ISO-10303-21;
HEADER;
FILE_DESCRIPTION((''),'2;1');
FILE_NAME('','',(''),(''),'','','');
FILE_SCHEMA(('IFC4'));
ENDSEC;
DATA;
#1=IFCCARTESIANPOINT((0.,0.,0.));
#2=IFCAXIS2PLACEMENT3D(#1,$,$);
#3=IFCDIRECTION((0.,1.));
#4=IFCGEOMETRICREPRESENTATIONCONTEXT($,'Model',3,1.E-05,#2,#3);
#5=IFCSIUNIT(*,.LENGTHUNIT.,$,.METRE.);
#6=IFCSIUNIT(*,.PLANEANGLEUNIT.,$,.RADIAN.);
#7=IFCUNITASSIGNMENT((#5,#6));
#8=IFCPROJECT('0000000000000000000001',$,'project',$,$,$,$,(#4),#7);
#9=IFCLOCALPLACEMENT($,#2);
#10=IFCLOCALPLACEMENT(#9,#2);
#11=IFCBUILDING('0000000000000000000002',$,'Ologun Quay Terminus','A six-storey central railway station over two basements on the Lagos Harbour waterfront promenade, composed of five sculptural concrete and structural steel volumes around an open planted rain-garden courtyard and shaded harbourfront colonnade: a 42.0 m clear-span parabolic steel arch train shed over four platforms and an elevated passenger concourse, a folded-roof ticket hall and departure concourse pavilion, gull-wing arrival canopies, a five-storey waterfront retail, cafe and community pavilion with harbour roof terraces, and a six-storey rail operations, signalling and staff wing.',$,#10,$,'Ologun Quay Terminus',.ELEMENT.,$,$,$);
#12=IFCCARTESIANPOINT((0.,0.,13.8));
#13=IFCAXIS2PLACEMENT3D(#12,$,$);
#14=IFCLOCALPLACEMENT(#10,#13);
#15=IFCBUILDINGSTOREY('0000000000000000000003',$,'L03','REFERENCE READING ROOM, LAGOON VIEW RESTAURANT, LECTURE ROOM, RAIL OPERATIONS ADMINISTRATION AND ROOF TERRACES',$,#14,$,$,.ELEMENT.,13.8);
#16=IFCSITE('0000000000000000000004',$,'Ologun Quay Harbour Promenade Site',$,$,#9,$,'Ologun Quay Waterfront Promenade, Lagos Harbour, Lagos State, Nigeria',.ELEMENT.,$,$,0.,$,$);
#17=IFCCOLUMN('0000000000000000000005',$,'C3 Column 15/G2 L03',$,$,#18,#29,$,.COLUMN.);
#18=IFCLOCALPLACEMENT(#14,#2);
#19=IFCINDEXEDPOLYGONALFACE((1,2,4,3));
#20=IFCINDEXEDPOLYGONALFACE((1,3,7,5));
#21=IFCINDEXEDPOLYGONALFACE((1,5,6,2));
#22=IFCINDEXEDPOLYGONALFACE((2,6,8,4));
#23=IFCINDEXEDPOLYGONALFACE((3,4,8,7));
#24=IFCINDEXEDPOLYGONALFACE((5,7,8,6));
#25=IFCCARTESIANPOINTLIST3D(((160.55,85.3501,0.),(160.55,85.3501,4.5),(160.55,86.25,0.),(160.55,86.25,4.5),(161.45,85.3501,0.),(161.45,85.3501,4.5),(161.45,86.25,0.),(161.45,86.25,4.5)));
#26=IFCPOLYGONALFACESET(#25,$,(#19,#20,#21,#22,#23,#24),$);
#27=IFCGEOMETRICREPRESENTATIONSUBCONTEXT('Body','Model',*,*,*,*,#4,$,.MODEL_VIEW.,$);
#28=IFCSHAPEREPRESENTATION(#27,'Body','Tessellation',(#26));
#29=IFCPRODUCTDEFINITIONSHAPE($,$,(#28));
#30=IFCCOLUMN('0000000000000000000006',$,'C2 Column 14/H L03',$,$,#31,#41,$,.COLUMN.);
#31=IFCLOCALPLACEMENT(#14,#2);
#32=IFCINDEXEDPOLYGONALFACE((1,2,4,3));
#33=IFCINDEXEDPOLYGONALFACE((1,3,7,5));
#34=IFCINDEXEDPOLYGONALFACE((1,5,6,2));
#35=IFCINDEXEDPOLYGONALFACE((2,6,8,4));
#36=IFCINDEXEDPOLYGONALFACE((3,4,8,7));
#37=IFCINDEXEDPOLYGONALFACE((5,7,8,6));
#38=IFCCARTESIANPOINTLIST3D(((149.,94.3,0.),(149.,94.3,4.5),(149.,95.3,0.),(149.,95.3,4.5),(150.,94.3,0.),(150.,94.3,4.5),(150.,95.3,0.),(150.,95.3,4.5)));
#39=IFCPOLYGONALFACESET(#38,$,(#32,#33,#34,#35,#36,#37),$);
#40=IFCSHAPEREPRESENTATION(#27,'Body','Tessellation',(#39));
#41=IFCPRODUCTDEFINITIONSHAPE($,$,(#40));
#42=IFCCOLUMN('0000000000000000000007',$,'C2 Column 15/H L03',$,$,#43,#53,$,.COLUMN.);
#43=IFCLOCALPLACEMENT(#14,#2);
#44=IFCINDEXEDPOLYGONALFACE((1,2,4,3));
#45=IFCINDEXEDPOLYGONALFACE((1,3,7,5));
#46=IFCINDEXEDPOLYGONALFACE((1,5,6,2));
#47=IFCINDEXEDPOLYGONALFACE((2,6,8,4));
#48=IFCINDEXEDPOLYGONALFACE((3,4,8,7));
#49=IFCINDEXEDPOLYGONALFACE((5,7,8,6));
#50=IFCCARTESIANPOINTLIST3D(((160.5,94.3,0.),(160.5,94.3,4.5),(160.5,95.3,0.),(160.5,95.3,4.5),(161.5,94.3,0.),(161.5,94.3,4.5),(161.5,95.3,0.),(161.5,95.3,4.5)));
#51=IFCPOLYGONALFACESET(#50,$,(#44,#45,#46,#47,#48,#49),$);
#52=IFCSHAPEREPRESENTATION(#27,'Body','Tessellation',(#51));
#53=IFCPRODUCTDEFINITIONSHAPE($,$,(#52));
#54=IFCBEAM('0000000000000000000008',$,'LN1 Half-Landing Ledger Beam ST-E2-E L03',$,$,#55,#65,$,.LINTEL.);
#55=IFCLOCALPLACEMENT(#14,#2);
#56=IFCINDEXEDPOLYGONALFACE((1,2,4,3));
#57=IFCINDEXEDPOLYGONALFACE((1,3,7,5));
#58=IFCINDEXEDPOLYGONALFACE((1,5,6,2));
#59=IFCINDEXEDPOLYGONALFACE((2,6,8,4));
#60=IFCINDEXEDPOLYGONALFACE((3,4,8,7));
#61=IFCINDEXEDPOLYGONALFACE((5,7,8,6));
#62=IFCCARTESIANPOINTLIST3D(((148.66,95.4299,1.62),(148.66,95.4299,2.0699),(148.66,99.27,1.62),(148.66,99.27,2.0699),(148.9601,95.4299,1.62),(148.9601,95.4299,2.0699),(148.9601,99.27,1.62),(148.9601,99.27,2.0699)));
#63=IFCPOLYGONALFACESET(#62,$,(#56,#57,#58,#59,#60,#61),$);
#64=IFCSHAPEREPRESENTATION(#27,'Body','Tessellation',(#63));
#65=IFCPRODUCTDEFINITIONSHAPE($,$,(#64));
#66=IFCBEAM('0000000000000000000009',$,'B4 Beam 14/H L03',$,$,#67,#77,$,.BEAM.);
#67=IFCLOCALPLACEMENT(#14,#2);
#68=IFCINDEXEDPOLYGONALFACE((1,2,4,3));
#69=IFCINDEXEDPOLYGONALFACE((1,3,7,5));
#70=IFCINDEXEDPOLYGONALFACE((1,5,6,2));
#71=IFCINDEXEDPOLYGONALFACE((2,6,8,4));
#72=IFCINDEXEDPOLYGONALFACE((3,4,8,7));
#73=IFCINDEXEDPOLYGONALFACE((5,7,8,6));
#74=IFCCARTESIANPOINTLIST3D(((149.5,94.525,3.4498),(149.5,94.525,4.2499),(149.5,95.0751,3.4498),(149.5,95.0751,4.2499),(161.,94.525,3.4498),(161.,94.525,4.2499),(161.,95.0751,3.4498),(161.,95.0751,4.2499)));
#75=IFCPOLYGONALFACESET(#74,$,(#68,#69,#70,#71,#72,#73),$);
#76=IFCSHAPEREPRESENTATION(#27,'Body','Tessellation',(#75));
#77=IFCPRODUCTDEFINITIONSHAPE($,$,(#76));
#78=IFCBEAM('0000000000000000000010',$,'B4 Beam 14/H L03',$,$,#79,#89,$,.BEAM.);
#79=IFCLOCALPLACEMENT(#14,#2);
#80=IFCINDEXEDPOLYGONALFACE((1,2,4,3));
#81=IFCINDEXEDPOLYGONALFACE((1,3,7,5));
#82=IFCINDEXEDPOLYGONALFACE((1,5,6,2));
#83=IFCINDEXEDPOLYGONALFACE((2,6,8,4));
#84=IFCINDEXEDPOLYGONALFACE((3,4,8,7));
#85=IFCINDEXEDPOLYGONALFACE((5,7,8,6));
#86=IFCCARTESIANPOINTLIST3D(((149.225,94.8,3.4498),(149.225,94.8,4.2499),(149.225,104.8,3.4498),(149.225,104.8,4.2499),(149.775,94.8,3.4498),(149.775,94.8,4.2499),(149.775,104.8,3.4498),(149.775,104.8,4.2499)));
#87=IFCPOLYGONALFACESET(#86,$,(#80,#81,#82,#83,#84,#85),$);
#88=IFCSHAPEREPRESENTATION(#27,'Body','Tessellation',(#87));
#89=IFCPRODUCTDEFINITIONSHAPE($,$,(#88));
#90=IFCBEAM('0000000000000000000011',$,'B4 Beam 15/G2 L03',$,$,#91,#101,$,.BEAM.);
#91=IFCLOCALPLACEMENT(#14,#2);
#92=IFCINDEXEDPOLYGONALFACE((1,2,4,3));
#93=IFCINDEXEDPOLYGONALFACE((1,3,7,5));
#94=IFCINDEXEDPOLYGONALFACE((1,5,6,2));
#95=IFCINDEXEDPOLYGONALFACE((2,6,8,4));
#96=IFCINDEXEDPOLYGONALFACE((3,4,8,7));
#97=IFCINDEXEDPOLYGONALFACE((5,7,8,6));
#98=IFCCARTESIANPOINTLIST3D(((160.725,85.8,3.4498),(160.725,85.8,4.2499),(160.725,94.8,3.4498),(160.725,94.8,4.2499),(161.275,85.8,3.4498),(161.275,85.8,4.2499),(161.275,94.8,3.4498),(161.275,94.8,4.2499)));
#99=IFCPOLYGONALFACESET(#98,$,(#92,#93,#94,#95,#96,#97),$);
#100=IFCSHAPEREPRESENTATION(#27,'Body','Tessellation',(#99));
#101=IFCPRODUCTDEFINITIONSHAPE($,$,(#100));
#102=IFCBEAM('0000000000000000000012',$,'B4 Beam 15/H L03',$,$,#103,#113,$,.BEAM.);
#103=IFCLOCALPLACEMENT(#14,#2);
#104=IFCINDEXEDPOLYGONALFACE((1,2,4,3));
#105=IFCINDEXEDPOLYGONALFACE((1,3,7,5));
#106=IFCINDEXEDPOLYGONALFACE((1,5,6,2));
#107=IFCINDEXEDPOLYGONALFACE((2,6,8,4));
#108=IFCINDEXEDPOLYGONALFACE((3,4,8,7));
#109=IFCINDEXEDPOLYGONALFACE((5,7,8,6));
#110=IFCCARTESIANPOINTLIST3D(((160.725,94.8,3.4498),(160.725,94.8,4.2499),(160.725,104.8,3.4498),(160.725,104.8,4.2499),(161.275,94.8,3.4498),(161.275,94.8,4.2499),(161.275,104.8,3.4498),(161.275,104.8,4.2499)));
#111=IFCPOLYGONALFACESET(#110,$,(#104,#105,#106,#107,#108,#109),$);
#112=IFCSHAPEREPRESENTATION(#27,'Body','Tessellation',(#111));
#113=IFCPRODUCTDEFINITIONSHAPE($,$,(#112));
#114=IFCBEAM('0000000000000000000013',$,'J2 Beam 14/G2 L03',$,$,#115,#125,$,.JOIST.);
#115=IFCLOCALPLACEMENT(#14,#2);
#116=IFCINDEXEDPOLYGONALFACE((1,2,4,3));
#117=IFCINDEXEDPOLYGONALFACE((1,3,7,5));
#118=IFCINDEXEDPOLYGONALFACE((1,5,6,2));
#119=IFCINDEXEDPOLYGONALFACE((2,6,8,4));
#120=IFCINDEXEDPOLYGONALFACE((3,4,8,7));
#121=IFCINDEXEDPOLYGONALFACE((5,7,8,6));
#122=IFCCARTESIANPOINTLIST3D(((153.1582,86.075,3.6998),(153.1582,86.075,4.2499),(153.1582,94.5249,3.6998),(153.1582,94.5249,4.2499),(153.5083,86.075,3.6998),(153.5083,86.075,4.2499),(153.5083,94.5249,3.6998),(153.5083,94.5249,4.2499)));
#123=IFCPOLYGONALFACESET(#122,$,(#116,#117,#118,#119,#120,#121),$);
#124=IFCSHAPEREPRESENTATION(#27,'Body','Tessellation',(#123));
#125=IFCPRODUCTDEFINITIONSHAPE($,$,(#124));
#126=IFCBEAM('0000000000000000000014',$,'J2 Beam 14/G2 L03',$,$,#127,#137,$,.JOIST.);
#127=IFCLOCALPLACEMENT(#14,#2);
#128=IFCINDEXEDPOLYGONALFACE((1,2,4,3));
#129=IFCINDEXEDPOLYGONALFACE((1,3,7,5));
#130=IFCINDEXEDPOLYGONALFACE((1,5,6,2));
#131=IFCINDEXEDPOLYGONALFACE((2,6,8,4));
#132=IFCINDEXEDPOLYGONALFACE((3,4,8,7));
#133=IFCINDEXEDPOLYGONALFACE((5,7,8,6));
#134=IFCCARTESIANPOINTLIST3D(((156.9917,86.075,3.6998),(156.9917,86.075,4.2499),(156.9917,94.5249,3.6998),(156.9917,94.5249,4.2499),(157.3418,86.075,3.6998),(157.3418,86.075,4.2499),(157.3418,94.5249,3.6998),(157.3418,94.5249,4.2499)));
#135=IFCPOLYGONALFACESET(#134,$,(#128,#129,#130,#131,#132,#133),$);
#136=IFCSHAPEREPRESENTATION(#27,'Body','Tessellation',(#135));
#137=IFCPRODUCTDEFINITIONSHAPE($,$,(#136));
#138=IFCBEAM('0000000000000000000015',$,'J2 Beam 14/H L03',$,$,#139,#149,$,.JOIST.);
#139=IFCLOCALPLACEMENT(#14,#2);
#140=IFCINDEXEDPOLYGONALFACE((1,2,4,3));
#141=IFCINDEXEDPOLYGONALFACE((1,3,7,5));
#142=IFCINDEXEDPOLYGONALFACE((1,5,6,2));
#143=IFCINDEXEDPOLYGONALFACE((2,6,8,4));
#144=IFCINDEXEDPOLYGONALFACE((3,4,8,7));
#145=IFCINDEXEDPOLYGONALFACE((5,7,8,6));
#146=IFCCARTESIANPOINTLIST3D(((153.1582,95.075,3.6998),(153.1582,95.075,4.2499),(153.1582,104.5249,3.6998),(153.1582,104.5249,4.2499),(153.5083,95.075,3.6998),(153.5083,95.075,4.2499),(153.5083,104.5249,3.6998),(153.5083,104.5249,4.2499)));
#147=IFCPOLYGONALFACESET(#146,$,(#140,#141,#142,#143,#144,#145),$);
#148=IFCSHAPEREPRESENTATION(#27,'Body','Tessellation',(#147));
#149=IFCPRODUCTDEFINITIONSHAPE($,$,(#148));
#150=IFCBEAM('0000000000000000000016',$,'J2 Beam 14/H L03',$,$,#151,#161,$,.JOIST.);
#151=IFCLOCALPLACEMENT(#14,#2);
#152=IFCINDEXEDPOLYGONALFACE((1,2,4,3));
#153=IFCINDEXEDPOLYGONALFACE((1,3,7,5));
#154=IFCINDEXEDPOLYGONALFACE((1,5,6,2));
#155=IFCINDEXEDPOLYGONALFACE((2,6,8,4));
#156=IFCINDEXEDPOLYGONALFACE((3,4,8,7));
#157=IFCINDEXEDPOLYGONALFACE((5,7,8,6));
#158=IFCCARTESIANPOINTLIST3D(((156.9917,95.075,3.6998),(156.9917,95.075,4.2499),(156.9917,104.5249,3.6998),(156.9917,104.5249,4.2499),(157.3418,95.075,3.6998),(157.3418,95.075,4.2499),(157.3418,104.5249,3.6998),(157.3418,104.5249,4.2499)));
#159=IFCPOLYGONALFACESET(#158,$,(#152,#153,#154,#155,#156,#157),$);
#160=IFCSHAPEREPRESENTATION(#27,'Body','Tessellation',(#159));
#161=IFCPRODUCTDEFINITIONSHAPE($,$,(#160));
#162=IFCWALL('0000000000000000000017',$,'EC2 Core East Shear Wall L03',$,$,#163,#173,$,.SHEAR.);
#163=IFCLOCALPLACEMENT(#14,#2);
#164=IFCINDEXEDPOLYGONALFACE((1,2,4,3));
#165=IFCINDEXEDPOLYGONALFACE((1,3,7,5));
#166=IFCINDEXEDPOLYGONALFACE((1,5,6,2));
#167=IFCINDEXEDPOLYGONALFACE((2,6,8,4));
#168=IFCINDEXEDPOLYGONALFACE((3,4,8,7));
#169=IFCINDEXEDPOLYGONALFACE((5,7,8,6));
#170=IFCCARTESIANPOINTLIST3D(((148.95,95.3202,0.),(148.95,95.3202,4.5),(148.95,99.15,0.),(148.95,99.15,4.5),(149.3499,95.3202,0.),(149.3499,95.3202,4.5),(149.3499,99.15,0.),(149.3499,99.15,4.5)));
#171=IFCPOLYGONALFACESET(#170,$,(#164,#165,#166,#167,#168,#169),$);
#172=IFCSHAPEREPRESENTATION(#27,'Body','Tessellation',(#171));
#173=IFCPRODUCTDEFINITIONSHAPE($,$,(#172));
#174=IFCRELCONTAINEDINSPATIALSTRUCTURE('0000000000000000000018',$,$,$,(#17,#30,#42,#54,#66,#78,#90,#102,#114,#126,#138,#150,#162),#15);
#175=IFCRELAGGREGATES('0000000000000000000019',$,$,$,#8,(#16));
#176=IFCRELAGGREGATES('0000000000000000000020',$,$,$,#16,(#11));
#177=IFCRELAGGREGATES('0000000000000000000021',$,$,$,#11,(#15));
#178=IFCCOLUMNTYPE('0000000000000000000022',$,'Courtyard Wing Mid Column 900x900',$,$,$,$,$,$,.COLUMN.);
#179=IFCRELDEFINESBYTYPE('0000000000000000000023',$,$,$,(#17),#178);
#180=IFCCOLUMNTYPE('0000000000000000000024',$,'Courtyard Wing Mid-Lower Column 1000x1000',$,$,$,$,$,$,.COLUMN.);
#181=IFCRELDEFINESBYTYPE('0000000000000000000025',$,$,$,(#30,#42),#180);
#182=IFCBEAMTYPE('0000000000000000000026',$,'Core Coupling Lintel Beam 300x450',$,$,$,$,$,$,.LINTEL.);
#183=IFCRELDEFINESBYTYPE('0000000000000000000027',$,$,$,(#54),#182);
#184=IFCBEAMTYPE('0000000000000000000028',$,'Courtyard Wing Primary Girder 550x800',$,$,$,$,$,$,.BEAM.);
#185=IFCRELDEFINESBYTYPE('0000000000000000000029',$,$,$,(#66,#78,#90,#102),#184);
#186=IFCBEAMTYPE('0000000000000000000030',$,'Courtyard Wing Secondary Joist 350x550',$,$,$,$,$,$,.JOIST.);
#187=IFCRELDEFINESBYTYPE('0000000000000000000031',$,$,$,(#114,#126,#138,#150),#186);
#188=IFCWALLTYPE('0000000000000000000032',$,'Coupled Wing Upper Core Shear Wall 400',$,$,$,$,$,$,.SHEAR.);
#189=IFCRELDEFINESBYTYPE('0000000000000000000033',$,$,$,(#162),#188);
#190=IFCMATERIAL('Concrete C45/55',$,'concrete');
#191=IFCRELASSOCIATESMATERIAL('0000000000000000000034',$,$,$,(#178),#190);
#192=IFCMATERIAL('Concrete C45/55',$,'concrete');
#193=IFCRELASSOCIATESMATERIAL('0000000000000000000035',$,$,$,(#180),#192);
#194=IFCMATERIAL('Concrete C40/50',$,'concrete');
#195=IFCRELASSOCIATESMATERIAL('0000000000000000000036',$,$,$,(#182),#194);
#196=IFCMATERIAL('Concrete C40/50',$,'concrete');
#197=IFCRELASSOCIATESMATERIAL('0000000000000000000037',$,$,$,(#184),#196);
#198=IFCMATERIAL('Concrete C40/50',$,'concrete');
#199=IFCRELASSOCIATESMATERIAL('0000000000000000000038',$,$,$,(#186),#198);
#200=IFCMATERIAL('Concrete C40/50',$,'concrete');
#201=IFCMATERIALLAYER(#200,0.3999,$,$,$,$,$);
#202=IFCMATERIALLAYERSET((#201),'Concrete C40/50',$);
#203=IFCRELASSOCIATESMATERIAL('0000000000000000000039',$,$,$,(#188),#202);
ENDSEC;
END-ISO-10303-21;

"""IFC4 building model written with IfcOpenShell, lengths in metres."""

from ifc_helpers import new_model, si_unit, direction, frame, frame_2d, origin, origin_2d, place, context, subcontext, project, spatial, rectangle, extrude, material, layer, layer_set, material_profile, profile_set, type_object, element, save


model = new_model("IFC4")

# Units and contexts
model_context = context("Model", 3, precision=1e-05, world=origin(), true_north=direction((0.0, 1.0)))
body_context = subcontext(model_context, "Body", "Model", "MODEL_VIEW")
ifc_project = project(units=[si_unit("LENGTHUNIT", "METRE"), si_unit("PLANEANGLEUNIT", "RADIAN")], contexts=[model_context])

# Site, building, storey
site_placement = place(None, origin())
site = spatial("IfcSite", under=ifc_project, at=site_placement, Name="Ologun Quay Harbour Promenade Site", LongName="Ologun Quay Waterfront Promenade, Lagos Harbour, Lagos State, Nigeria", CompositionType="ELEMENT", RefElevation=0.0)
building_placement = place(site_placement, origin())
building = spatial("IfcBuilding", under=site, at=building_placement, Name="Ologun Quay Terminus", Description="A six-storey central railway station over two basements on the Lagos Harbour waterfront promenade, composed of five sculptural concrete and structural steel volumes around an open planted rain-garden courtyard and shaded harbourfront colonnade: a 42.0 m clear-span parabolic steel arch train shed over four platforms and an elevated passenger concourse, a folded-roof ticket hall and departure concourse pavilion, gull-wing arrival canopies, a five-storey waterfront retail, cafe and community pavilion with harbour roof terraces, and a six-storey rail operations, signalling and staff wing.", LongName="Ologun Quay Terminus", CompositionType="ELEMENT")
storey_placement = place(building_placement, frame((0.0, 0.0, 13.8)))
storey = spatial("IfcBuildingStorey", under=building, at=storey_placement, Name="L03", Description="REFERENCE READING ROOM, LAGOON VIEW RESTAURANT, LECTURE ROOM, RAIL OPERATIONS ADMINISTRATION AND ROOF TERRACES", CompositionType="ELEMENT", Elevation=13.8)

# Columns
ifc_material_1 = material(Name="Concrete C45/55", Category="concrete")
ifc_material_profile_1 = material_profile(ifc_material_1, rectangle(XDim=0.8999, YDim=0.8999, at=origin_2d()), Name="RC 900x900")
ifc_profile_set_1 = profile_set([ifc_material_profile_1], Name="Concrete C45/55")
column_type_1 = type_object("IfcColumnType", Name="Courtyard Wing Mid Column 900x900", PredefinedType="COLUMN", material=ifc_profile_set_1)
column_placement = place(storey_placement, frame((161.0, 85.8, 0.0), z_axis=(0.0, 0.0, 1.0), x_axis=(1.0, 0.0, 0.0)))
element("IfcColumn", 1, at=column_placement, inside=storey, type_object=column_type_1, Name="C3 Column 15/G2 L03", PredefinedType="COLUMN", context=body_context, shape_type="SweptSolid", body=[
    extrude(rectangle(XDim=0.8999, YDim=0.8999, at=origin_2d()), origin(), (0.0, 0.0, 1.0), 4.5),
])
ifc_material_2 = material(Name="Concrete C45/55", Category="concrete")
ifc_material_profile_2 = material_profile(ifc_material_2, rectangle(XDim=1.0, YDim=1.0, at=origin_2d()), Name="RC 1000x1000")
ifc_profile_set_2 = profile_set([ifc_material_profile_2], Name="Concrete C45/55")
column_type_2 = type_object("IfcColumnType", Name="Courtyard Wing Mid-Lower Column 1000x1000", PredefinedType="COLUMN", material=ifc_profile_set_2)
for number, where, z_axis, x_axis, name in (
    (2, (149.5, 94.8, 0.0), (0.0, 0.0, 1.0), (1.0, 0.0, 0.0), "C2 Column 14/H L03"),
    (3, (161.0, 94.8, 0.0), (0.0, 0.0, 1.0), (1.0, 0.0, 0.0), "C2 Column 15/H L03"),
):
    element("IfcColumn", number, at=place(storey_placement, frame(where, z_axis=z_axis, x_axis=x_axis)), inside=storey, type_object=column_type_2, Name=name, PredefinedType="COLUMN", context=body_context, shape_type="SweptSolid", body=[
        extrude(rectangle(XDim=1.0, YDim=1.0, at=origin_2d()), origin(), (0.0, 0.0, 1.0), 4.5),
    ])

# Beams
ifc_material_3 = material(Name="Concrete C40/50", Category="concrete")
ifc_material_profile_3 = material_profile(ifc_material_3, rectangle(XDim=0.3, YDim=0.45, at=origin_2d()), Name="RC 300x450")
ifc_profile_set_3 = profile_set([ifc_material_profile_3], Name="Concrete C40/50")
beam_type_1 = type_object("IfcBeamType", Name="Core Coupling Lintel Beam 300x450", PredefinedType="LINTEL", material=ifc_profile_set_3)
beam_1_placement = place(storey_placement, frame((148.8101, 95.4299, 1.845), z_axis=(0.0, 1.0, 0.0), x_axis=(-1.0, 0.0, 0.0)))
element("IfcBeam", 4, at=beam_1_placement, inside=storey, type_object=beam_type_1, Name="LN1 Half-Landing Ledger Beam ST-E2-E L03", PredefinedType="LINTEL", context=body_context, shape_type="SweptSolid", body=[
    extrude(rectangle(XDim=0.3, YDim=0.45, at=origin_2d()), origin(), (0.0, 0.0, 1.0), 3.8401),
])
ifc_material_4 = material(Name="Concrete C40/50", Category="concrete")
ifc_material_profile_4 = material_profile(ifc_material_4, rectangle(XDim=0.55, YDim=0.8, at=origin_2d()), Name="RC 550x800")
ifc_profile_set_4 = profile_set([ifc_material_profile_4], Name="Concrete C40/50")
beam_type_2 = type_object("IfcBeamType", Name="Courtyard Wing Primary Girder 550x800", PredefinedType="BEAM", material=ifc_profile_set_4)
beam_2_placement = place(storey_placement, frame((149.5, 94.8, 3.8499), z_axis=(1.0, 0.0, 0.0), x_axis=(0.0, 1.0, 0.0)))
element("IfcBeam", 5, at=beam_2_placement, inside=storey, type_object=beam_type_2, Name="B4 Beam 14/H L03", PredefinedType="BEAM", context=body_context, shape_type="SweptSolid", body=[
    extrude(rectangle(XDim=0.55, YDim=0.8, at=origin_2d()), origin(), (0.0, 0.0, 1.0), 11.5),
])
beam_3_placement = place(storey_placement, frame((149.5, 94.8, 3.8499), z_axis=(0.0, 1.0, 0.0), x_axis=(-1.0, 0.0, 0.0)))
element("IfcBeam", 6, at=beam_3_placement, inside=storey, type_object=beam_type_2, Name="B4 Beam 14/H L03", PredefinedType="BEAM", context=body_context, shape_type="SweptSolid", body=[
    extrude(rectangle(XDim=0.55, YDim=0.8, at=origin_2d()), origin(), (0.0, 0.0, 1.0), 10.0),
])
beam_4_placement = place(storey_placement, frame((161.0, 85.8, 3.8499), z_axis=(0.0, 1.0, 0.0), x_axis=(-1.0, 0.0, 0.0)))
element("IfcBeam", 7, at=beam_4_placement, inside=storey, type_object=beam_type_2, Name="B4 Beam 15/G2 L03", PredefinedType="BEAM", context=body_context, shape_type="SweptSolid", body=[
    extrude(rectangle(XDim=0.55, YDim=0.8, at=origin_2d()), origin(), (0.0, 0.0, 1.0), 9.0),
])
beam_5_placement = place(storey_placement, frame((161.0, 94.8, 3.8499), z_axis=(0.0, 1.0, 0.0), x_axis=(-1.0, 0.0, 0.0)))
element("IfcBeam", 8, at=beam_5_placement, inside=storey, type_object=beam_type_2, Name="B4 Beam 15/H L03", PredefinedType="BEAM", context=body_context, shape_type="SweptSolid", body=[
    extrude(rectangle(XDim=0.55, YDim=0.8, at=origin_2d()), origin(), (0.0, 0.0, 1.0), 10.0),
])
ifc_material_5 = material(Name="Concrete C40/50", Category="concrete")
ifc_material_profile_5 = material_profile(ifc_material_5, rectangle(XDim=0.3501, YDim=0.55, at=origin_2d()), Name="RC 350x550")
ifc_profile_set_5 = profile_set([ifc_material_profile_5], Name="Concrete C40/50")
beam_type_3 = type_object("IfcBeamType", Name="Courtyard Wing Secondary Joist 350x550", PredefinedType="JOIST", material=ifc_profile_set_5)
for number, where, z_axis, x_axis, name in (
    (9, (153.3333, 86.075, 3.9749), (0.0, 1.0, 0.0), (-1.0, 0.0, 0.0), "J2 Beam 14/G2 L03"),
    (10, (157.1667, 86.075, 3.9749), (0.0, 1.0, 0.0), (-1.0, 0.0, 0.0), "J2 Beam 14/G2 L03"),
):
    element("IfcBeam", number, at=place(storey_placement, frame(where, z_axis=z_axis, x_axis=x_axis)), inside=storey, type_object=beam_type_3, Name=name, PredefinedType="JOIST", context=body_context, shape_type="SweptSolid", body=[
        extrude(rectangle(XDim=0.3501, YDim=0.55, at=origin_2d()), origin(), (0.0, 0.0, 1.0), 8.45),
    ])
for number, where, z_axis, x_axis, name in (
    (11, (153.3333, 95.075, 3.9749), (0.0, 1.0, 0.0), (-1.0, 0.0, 0.0), "J2 Beam 14/H L03"),
    (12, (157.1667, 95.075, 3.9749), (0.0, 1.0, 0.0), (-1.0, 0.0, 0.0), "J2 Beam 14/H L03"),
):
    element("IfcBeam", number, at=place(storey_placement, frame(where, z_axis=z_axis, x_axis=x_axis)), inside=storey, type_object=beam_type_3, Name=name, PredefinedType="JOIST", context=body_context, shape_type="SweptSolid", body=[
        extrude(rectangle(XDim=0.3501, YDim=0.55, at=origin_2d()), origin(), (0.0, 0.0, 1.0), 9.45),
    ])

# Wall
ifc_material_6 = material(Name="Concrete C40/50", Category="concrete")
ifc_layer_1 = layer(ifc_material_6, 0.3999)
ifc_layer_set_1 = layer_set([ifc_layer_1], Name="Concrete C40/50")
wall_type_1 = type_object("IfcWallType", Name="Coupled Wing Upper Core Shear Wall 400", PredefinedType="SHEAR", material=ifc_layer_set_1)
wall_1_placement = place(storey_placement, frame((149.1499, 95.3201, 0.0), z_axis=(0.0, 0.0, 1.0), x_axis=(0.0, 1.0, 0.0)))
element("IfcWall", 13, at=wall_1_placement, inside=storey, type_object=wall_type_1, Name="EC2 Core East Shear Wall L03", PredefinedType="SHEAR", context=body_context, shape_type="SweptSolid", body=[
    extrude(rectangle(XDim=3.8298, YDim=0.3999, at=frame_2d((1.915, 0.0))), origin(), (0.0, 0.0, 1.0), 4.5),
])

save(model, "model.ifc")
